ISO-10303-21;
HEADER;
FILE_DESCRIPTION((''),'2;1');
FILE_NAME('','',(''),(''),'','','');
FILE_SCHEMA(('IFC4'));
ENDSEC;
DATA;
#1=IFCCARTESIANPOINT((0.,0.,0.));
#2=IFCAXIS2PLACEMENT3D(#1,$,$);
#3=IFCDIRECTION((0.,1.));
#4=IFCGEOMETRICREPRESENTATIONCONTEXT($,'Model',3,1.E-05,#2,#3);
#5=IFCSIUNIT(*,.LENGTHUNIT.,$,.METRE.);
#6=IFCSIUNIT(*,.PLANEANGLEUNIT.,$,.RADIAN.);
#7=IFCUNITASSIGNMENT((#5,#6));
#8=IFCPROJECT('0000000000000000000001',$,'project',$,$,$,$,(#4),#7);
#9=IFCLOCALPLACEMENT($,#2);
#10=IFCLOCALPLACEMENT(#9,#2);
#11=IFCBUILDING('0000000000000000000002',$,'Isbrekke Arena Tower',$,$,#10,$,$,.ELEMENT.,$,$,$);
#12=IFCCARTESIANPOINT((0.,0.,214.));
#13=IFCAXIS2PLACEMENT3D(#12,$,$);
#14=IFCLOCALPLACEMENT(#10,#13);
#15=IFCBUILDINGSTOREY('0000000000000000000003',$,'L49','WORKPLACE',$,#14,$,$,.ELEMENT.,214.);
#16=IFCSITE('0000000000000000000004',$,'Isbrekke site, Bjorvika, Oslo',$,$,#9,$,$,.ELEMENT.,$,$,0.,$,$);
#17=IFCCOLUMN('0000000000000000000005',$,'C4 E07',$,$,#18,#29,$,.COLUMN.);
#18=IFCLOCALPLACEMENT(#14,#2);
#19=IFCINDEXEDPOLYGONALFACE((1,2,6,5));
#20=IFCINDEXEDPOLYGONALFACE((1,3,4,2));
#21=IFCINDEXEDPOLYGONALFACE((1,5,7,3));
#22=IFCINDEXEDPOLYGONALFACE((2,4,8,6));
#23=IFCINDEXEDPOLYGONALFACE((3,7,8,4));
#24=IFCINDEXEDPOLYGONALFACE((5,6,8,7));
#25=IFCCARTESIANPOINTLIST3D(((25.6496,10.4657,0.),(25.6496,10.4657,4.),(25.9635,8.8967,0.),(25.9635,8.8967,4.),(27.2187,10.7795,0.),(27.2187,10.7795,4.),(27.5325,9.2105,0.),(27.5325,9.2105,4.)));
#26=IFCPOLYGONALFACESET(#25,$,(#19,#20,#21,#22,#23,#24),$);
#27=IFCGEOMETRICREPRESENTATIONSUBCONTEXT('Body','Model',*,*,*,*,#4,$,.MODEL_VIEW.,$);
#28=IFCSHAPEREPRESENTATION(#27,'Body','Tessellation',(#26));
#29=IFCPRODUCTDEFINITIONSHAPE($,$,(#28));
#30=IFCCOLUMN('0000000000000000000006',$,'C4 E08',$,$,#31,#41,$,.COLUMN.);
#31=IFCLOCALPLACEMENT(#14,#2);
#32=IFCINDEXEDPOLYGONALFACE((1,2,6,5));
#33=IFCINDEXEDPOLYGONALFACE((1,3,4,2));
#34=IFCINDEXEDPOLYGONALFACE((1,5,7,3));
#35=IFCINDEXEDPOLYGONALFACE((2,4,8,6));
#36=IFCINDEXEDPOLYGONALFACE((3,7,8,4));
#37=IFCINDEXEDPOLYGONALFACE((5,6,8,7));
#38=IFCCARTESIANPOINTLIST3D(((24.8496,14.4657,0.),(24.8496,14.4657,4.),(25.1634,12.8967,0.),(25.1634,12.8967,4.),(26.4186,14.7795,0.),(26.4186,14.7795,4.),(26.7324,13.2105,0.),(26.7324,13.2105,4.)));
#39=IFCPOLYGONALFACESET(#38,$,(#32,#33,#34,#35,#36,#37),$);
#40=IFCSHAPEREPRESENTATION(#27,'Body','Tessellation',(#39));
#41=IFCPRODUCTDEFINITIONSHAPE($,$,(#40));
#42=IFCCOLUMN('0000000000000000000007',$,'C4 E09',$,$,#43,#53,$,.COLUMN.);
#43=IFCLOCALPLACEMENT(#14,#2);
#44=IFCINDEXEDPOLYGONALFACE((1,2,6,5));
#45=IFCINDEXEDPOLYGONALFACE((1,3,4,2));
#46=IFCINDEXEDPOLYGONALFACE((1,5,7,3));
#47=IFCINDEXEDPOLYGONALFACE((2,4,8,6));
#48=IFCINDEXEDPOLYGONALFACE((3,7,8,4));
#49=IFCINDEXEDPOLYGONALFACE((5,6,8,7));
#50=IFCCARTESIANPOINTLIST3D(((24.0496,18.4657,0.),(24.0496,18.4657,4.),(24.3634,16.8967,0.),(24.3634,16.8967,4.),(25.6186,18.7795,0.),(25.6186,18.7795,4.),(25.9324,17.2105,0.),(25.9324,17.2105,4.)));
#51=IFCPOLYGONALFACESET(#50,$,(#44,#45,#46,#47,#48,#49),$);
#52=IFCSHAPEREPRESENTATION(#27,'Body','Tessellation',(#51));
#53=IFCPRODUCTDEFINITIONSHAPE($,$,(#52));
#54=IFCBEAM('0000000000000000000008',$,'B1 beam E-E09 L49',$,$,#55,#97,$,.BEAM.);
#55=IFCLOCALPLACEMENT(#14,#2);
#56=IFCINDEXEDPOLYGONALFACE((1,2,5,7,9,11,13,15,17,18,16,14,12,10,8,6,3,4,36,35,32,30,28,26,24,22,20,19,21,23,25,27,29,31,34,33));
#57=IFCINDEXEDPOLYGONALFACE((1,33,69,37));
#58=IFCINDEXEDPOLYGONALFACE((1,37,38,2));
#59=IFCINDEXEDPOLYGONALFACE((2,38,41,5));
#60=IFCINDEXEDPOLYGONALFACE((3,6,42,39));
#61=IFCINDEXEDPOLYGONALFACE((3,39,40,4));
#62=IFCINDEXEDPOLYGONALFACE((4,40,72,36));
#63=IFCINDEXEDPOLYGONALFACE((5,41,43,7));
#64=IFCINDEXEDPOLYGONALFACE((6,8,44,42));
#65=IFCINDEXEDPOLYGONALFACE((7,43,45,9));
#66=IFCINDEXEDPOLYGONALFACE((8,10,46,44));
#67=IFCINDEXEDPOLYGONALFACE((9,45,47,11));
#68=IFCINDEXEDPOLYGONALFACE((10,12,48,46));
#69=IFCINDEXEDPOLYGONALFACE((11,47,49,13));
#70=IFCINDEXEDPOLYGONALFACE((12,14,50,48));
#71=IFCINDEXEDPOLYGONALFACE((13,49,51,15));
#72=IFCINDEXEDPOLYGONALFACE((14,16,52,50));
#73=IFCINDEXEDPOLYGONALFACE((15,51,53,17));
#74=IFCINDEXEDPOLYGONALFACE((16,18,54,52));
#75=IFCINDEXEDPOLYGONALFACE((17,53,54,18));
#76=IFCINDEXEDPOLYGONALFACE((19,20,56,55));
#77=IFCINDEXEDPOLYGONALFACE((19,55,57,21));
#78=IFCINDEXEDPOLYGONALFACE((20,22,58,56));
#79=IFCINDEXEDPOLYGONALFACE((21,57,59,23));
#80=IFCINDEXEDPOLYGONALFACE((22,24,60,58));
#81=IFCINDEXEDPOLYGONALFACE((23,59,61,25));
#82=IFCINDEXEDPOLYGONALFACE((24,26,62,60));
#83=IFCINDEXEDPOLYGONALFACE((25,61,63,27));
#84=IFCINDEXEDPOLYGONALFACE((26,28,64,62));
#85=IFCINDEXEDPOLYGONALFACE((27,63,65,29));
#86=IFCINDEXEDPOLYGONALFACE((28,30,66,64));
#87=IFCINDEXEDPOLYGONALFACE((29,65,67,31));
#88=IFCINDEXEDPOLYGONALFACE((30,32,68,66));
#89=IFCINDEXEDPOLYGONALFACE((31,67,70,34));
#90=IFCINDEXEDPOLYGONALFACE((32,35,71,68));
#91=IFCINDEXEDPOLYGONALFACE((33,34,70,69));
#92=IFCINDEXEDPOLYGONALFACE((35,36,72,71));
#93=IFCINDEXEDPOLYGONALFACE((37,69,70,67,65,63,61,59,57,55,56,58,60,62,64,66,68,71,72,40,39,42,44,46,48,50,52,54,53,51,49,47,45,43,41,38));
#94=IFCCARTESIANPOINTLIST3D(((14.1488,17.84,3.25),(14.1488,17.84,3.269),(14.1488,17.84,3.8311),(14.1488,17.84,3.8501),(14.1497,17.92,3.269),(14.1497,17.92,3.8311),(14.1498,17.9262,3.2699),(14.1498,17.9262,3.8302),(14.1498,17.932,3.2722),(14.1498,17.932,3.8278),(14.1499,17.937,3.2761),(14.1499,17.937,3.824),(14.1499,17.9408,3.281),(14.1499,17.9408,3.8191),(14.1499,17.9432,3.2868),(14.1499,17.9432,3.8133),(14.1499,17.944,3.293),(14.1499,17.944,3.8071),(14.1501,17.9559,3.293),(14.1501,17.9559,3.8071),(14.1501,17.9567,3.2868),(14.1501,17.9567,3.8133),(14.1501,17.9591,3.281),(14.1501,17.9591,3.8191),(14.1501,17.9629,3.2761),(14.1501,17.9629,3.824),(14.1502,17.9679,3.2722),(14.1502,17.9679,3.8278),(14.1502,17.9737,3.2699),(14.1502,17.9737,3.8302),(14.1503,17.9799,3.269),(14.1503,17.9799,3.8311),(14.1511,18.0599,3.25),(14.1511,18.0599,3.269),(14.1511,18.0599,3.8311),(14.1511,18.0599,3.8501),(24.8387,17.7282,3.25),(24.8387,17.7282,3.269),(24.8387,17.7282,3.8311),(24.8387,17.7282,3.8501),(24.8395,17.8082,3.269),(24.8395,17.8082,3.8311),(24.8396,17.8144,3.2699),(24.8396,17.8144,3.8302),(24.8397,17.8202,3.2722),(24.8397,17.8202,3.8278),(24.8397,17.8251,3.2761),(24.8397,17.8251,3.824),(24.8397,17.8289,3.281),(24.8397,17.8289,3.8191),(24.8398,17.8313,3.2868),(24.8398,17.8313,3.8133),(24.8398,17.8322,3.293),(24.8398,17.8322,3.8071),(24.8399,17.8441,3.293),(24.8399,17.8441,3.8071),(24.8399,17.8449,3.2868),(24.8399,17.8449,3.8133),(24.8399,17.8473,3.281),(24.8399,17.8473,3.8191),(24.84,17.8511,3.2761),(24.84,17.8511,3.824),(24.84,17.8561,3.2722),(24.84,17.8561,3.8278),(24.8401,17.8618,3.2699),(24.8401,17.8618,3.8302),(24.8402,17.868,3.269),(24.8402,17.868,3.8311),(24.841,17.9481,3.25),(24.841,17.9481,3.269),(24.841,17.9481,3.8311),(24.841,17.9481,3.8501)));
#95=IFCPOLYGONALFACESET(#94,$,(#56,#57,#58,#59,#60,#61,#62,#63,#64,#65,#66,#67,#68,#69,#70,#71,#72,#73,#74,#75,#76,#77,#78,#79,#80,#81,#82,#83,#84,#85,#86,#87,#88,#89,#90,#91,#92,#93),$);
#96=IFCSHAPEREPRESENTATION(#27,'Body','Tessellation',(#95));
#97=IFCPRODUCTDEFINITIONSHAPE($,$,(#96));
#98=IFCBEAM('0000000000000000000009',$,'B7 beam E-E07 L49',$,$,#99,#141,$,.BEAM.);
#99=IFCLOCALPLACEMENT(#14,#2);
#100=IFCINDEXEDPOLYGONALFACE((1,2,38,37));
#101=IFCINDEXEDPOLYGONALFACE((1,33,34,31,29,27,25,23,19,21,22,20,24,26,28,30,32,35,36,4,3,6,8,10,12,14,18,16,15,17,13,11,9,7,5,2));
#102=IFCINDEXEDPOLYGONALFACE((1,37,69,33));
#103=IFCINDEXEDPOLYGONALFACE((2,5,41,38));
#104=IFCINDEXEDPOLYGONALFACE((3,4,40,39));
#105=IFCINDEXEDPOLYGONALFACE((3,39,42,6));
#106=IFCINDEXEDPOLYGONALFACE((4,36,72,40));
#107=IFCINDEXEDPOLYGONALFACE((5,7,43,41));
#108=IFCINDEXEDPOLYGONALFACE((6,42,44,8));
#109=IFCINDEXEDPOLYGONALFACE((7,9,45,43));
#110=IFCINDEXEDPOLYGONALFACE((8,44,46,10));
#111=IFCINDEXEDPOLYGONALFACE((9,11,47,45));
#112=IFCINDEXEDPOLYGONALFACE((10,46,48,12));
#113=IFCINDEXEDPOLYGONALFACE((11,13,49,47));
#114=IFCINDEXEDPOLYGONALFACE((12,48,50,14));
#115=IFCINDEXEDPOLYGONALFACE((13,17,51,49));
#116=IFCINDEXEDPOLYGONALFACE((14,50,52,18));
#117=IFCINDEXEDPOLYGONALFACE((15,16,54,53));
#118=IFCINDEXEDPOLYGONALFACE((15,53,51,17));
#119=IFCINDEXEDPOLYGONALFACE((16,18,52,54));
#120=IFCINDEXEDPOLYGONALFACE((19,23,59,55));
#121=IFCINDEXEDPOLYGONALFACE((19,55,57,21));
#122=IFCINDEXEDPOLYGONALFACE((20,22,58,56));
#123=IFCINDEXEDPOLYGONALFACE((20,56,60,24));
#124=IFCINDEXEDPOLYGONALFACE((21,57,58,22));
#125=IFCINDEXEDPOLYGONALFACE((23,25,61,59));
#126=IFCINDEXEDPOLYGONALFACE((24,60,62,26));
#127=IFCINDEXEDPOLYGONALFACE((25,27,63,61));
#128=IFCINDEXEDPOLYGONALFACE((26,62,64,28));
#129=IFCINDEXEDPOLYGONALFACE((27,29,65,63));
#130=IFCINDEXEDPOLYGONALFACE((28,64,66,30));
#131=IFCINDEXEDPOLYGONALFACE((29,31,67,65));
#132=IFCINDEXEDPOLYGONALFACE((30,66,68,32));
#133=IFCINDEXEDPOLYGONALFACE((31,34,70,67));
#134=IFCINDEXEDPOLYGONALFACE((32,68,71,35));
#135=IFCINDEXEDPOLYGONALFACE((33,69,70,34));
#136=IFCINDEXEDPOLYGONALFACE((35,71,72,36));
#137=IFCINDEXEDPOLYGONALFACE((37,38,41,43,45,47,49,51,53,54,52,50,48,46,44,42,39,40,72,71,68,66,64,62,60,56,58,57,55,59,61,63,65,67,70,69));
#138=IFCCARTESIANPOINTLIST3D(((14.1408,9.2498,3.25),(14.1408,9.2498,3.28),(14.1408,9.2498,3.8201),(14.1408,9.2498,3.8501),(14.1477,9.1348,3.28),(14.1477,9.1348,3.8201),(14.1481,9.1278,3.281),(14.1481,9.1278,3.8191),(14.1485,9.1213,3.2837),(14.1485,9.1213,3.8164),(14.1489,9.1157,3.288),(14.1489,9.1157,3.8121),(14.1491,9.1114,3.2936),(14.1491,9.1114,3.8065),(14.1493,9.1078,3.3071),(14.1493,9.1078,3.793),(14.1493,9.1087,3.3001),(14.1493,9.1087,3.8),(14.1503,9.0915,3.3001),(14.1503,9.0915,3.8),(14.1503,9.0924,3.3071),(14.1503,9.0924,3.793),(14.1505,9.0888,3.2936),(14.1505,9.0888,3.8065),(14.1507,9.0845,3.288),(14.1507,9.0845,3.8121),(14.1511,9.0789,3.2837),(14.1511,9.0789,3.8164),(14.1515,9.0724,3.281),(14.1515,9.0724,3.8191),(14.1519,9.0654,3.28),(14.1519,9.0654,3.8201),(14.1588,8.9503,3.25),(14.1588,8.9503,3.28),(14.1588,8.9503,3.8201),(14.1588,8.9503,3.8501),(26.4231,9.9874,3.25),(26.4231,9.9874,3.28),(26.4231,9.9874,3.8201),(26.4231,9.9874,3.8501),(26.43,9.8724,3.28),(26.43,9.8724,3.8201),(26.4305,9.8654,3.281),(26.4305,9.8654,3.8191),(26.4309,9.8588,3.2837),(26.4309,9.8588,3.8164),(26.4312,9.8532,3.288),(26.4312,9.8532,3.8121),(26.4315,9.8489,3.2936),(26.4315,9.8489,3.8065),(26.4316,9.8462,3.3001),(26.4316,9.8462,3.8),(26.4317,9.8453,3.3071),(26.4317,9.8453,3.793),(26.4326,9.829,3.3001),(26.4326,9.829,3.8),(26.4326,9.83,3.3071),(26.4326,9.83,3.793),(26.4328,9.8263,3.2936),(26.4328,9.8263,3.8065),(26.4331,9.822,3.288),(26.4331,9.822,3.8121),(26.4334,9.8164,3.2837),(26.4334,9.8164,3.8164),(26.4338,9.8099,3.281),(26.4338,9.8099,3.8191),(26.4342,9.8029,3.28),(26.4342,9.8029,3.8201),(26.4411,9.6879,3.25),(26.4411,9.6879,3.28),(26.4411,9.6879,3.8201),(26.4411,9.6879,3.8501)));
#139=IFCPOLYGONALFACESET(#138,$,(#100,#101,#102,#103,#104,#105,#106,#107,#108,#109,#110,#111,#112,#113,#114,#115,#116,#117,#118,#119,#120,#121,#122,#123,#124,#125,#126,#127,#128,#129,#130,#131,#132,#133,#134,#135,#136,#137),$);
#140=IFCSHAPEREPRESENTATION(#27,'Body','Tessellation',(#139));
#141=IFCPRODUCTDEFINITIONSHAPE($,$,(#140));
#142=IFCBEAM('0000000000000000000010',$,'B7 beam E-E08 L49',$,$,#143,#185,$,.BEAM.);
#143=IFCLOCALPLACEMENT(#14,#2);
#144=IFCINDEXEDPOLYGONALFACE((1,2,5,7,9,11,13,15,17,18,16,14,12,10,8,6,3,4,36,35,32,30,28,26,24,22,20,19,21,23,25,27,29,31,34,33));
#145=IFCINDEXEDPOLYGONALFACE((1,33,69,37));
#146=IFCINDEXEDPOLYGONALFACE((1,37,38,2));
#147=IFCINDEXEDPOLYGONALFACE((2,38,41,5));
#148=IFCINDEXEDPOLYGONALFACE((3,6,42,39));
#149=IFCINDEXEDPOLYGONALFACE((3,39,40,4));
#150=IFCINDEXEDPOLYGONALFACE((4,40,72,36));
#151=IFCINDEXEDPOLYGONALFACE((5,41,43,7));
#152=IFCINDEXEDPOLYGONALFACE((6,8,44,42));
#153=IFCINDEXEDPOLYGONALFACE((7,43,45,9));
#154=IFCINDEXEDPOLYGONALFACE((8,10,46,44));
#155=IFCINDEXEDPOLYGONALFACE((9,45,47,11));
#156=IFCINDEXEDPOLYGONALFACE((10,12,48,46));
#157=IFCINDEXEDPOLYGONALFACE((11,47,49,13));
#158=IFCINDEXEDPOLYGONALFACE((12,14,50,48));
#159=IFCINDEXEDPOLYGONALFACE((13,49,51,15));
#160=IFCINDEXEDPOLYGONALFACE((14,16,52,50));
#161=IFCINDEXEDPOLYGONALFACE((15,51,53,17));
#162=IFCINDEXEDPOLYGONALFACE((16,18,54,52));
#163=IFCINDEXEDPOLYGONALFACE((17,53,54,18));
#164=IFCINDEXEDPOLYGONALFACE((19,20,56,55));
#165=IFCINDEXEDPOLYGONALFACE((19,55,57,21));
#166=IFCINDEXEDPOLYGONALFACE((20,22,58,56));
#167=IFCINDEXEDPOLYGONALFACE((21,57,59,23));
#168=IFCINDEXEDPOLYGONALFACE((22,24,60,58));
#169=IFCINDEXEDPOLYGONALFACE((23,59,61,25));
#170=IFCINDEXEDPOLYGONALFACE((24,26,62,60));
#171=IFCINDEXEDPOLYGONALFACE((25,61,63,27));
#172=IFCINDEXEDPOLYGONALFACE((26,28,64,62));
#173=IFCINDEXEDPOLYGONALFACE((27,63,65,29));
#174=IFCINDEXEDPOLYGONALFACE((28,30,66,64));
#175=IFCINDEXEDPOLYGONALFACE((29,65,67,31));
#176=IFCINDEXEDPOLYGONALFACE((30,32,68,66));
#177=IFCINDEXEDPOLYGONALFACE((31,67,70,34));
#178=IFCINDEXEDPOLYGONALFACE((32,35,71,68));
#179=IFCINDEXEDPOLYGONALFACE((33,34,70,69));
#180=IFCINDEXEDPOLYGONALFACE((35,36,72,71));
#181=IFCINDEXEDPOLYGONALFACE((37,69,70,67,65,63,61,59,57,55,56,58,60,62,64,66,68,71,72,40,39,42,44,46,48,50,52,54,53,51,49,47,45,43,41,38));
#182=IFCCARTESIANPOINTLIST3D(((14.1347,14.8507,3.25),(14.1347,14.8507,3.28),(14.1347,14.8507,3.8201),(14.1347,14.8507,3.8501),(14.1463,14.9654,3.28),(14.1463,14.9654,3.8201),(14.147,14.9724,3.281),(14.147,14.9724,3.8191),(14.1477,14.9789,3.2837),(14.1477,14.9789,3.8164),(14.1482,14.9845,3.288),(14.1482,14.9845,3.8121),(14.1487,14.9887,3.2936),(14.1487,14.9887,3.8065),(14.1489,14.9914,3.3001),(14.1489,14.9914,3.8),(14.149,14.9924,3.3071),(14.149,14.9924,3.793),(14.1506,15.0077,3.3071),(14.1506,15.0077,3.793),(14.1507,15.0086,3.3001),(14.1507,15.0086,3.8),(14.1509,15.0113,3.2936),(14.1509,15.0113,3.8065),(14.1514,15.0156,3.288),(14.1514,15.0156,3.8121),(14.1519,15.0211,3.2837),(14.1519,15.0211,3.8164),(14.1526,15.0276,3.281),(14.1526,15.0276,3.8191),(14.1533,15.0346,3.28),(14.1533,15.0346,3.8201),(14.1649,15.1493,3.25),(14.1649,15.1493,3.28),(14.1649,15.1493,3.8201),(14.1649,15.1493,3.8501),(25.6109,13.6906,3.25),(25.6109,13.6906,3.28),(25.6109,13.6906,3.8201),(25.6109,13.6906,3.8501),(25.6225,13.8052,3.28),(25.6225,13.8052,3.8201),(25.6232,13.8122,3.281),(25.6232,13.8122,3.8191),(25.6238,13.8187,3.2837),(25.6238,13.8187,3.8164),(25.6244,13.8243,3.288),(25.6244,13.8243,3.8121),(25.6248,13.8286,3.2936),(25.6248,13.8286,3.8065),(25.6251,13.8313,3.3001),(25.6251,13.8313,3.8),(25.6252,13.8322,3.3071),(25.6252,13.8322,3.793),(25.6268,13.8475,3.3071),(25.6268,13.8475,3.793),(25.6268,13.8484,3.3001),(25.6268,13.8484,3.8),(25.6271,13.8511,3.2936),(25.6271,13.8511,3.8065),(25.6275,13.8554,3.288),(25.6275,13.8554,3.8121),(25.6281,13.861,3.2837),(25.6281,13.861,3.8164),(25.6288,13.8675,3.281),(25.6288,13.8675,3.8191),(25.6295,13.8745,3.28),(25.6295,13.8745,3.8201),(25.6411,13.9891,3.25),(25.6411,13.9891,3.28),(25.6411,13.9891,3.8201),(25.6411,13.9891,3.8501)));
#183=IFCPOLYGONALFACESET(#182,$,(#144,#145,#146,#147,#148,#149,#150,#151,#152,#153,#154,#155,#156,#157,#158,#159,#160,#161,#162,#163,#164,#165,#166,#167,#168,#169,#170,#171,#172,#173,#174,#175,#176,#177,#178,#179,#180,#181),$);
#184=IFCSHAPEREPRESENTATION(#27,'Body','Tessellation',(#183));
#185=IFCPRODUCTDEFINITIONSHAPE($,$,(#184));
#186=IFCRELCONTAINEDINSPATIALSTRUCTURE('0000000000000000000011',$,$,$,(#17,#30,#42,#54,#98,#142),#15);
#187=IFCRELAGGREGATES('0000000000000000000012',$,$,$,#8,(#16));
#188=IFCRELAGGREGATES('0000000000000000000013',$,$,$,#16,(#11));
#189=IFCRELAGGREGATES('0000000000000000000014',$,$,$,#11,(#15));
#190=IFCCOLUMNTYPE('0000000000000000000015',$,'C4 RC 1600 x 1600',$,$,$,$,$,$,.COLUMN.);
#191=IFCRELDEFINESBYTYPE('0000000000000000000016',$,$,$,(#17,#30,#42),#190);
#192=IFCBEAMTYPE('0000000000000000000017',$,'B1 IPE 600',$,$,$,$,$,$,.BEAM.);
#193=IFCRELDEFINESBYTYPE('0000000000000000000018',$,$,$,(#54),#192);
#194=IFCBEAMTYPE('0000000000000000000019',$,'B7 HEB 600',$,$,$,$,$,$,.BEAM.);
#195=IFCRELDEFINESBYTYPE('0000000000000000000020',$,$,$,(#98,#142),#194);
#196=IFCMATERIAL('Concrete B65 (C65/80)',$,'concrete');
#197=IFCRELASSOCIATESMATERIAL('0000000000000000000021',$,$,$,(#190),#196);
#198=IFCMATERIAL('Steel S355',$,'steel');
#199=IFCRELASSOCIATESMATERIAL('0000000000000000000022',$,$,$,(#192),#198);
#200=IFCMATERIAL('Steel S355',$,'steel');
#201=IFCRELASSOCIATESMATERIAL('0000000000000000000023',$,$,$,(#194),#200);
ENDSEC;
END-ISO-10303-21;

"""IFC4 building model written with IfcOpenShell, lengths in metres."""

from ifc_helpers import new_model, si_unit, direction, frame, origin, origin_2d, place, context, subcontext, project, spatial, rectangle, i_section, extrude, material, material_profile, profile_set, type_object, element, save


model = new_model("IFC4")

# Units and contexts
model_context = context("Model", 3, precision=1e-05, world=origin(), true_north=direction((0.0, 1.0)))
body_context = subcontext(model_context, "Body", "Model", "MODEL_VIEW")
ifc_project = project(units=[si_unit("LENGTHUNIT", "METRE"), si_unit("PLANEANGLEUNIT", "RADIAN")], contexts=[model_context])

# Site, building, storey
site_placement = place(None, origin())
site = spatial("IfcSite", under=ifc_project, at=site_placement, Name="Isbrekke site, Bjorvika, Oslo", CompositionType="ELEMENT", RefElevation=0.0)
building_placement = place(site_placement, origin())
building = spatial("IfcBuilding", under=site, at=building_placement, Name="Isbrekke Arena Tower", CompositionType="ELEMENT")
storey_placement = place(building_placement, frame((0.0, 0.0, 214.0)))
storey = spatial("IfcBuildingStorey", under=building, at=storey_placement, Name="L49", Description="WORKPLACE", CompositionType="ELEMENT", Elevation=214.0)

# Columns
ifc_material_1 = material(Name="Concrete B65 (C65/80)", Category="concrete")
ifc_material_profile_1 = material_profile(ifc_material_1, rectangle(XDim=1.6001, YDim=1.6001, at=origin_2d()), Name="RC 1600x1600")
ifc_profile_set_1 = profile_set([ifc_material_profile_1], Name="Concrete B65 (C65/80)")
column_type = type_object("IfcColumnType", Name="C4 RC 1600 x 1600", PredefinedType="COLUMN", material=ifc_profile_set_1)
for number, where, z_axis, x_axis, name in (
    (1, (26.5911, 9.8381, 0.0), (0.0, 0.0, 1.0), (-0.196116, 0.980581, 0.0), "C4 E07"),
    (2, (25.791, 13.8381, 0.0), (0.0, 0.0, 1.0), (-0.196116, 0.980581, 0.0), "C4 E08"),
    (3, (24.991, 17.8381, 0.0), (0.0, 0.0, 1.0), (-0.196116, 0.980581, 0.0), "C4 E09"),
):
    element("IfcColumn", number, at=place(storey_placement, frame(where, z_axis=z_axis, x_axis=x_axis)), inside=storey, type_object=column_type, Name=name, PredefinedType="COLUMN", context=body_context, shape_type="SweptSolid", body=[
        extrude(rectangle(XDim=1.6001, YDim=1.6001, at=origin_2d()), origin(), (0.0, 0.0, 1.0), 4.0),
    ])

# Beams
ifc_material_2 = material(Name="Steel S355", Category="steel")
ifc_material_profile_2 = material_profile(ifc_material_2, i_section(OverallWidth=0.22, OverallDepth=0.6001, WebThickness=0.012, FlangeThickness=0.019, FilletRadius=0.0239, at=origin_2d()), Name="IPE 600")
ifc_profile_set_2 = profile_set([ifc_material_profile_2], Name="Steel S355")
beam_type_1 = type_object("IfcBeamType", Name="B1 IPE 600", PredefinedType="BEAM", material=ifc_profile_set_2)
beam_1_placement = place(storey_placement, frame((24.8398, 17.8381, 3.55), z_axis=(-0.999945, 0.010459, 0.0), x_axis=(-0.010459, -0.999945, 0.0)))
element("IfcBeam", 4, at=beam_1_placement, inside=storey, type_object=beam_type_1, Name="B1 beam E-E09 L49", PredefinedType="BEAM", context=body_context, shape_type="SweptSolid", body=[
    extrude(i_section(OverallWidth=0.22, OverallDepth=0.6001, WebThickness=0.012, FlangeThickness=0.019, FilletRadius=0.0239, at=origin_2d()), origin(), (0.0, 0.0, 1.0), 10.6904),
])
ifc_material_3 = material(Name="Steel S355", Category="steel")
ifc_material_profile_3 = material_profile(ifc_material_3, i_section(OverallWidth=0.3, OverallDepth=0.6001, WebThickness=0.0154, FlangeThickness=0.03, FilletRadius=0.0271, at=origin_2d()), Name="HEB 600")
ifc_profile_set_3 = profile_set([ifc_material_profile_3], Name="Steel S355")
beam_type_2 = type_object("IfcBeamType", Name="B7 HEB 600", PredefinedType="BEAM", material=ifc_profile_set_3)
beam_2_placement = place(storey_placement, frame((26.4321, 9.8376, 3.55), z_axis=(-0.998202, -0.059942, 0.0), x_axis=(0.059942, -0.998202, 0.0)))
element("IfcBeam", 5, at=beam_2_placement, inside=storey, type_object=beam_type_2, Name="B7 beam E-E07 L49", PredefinedType="BEAM", context=body_context, shape_type="SweptSolid", body=[
    extrude(i_section(OverallWidth=0.3, OverallDepth=0.6001, WebThickness=0.0154, FlangeThickness=0.03, FilletRadius=0.0271, at=origin_2d()), origin(), (0.0, 0.0, 1.0), 12.3044),
])
beam_3_placement = place(storey_placement, frame((25.626, 13.8398, 3.55), z_axis=(-0.994929, 0.100581, 0.0), x_axis=(-0.100581, -0.994929, 0.0)))
element("IfcBeam", 6, at=beam_3_placement, inside=storey, type_object=beam_type_2, Name="B7 beam E-E08 L49", PredefinedType="BEAM", context=body_context, shape_type="SweptSolid", body=[
    extrude(i_section(OverallWidth=0.3, OverallDepth=0.6001, WebThickness=0.0154, FlangeThickness=0.03, FilletRadius=0.0271, at=origin_2d()), origin(), (0.0, 0.0, 1.0), 11.5347),
])

save(model, "model.ifc")
